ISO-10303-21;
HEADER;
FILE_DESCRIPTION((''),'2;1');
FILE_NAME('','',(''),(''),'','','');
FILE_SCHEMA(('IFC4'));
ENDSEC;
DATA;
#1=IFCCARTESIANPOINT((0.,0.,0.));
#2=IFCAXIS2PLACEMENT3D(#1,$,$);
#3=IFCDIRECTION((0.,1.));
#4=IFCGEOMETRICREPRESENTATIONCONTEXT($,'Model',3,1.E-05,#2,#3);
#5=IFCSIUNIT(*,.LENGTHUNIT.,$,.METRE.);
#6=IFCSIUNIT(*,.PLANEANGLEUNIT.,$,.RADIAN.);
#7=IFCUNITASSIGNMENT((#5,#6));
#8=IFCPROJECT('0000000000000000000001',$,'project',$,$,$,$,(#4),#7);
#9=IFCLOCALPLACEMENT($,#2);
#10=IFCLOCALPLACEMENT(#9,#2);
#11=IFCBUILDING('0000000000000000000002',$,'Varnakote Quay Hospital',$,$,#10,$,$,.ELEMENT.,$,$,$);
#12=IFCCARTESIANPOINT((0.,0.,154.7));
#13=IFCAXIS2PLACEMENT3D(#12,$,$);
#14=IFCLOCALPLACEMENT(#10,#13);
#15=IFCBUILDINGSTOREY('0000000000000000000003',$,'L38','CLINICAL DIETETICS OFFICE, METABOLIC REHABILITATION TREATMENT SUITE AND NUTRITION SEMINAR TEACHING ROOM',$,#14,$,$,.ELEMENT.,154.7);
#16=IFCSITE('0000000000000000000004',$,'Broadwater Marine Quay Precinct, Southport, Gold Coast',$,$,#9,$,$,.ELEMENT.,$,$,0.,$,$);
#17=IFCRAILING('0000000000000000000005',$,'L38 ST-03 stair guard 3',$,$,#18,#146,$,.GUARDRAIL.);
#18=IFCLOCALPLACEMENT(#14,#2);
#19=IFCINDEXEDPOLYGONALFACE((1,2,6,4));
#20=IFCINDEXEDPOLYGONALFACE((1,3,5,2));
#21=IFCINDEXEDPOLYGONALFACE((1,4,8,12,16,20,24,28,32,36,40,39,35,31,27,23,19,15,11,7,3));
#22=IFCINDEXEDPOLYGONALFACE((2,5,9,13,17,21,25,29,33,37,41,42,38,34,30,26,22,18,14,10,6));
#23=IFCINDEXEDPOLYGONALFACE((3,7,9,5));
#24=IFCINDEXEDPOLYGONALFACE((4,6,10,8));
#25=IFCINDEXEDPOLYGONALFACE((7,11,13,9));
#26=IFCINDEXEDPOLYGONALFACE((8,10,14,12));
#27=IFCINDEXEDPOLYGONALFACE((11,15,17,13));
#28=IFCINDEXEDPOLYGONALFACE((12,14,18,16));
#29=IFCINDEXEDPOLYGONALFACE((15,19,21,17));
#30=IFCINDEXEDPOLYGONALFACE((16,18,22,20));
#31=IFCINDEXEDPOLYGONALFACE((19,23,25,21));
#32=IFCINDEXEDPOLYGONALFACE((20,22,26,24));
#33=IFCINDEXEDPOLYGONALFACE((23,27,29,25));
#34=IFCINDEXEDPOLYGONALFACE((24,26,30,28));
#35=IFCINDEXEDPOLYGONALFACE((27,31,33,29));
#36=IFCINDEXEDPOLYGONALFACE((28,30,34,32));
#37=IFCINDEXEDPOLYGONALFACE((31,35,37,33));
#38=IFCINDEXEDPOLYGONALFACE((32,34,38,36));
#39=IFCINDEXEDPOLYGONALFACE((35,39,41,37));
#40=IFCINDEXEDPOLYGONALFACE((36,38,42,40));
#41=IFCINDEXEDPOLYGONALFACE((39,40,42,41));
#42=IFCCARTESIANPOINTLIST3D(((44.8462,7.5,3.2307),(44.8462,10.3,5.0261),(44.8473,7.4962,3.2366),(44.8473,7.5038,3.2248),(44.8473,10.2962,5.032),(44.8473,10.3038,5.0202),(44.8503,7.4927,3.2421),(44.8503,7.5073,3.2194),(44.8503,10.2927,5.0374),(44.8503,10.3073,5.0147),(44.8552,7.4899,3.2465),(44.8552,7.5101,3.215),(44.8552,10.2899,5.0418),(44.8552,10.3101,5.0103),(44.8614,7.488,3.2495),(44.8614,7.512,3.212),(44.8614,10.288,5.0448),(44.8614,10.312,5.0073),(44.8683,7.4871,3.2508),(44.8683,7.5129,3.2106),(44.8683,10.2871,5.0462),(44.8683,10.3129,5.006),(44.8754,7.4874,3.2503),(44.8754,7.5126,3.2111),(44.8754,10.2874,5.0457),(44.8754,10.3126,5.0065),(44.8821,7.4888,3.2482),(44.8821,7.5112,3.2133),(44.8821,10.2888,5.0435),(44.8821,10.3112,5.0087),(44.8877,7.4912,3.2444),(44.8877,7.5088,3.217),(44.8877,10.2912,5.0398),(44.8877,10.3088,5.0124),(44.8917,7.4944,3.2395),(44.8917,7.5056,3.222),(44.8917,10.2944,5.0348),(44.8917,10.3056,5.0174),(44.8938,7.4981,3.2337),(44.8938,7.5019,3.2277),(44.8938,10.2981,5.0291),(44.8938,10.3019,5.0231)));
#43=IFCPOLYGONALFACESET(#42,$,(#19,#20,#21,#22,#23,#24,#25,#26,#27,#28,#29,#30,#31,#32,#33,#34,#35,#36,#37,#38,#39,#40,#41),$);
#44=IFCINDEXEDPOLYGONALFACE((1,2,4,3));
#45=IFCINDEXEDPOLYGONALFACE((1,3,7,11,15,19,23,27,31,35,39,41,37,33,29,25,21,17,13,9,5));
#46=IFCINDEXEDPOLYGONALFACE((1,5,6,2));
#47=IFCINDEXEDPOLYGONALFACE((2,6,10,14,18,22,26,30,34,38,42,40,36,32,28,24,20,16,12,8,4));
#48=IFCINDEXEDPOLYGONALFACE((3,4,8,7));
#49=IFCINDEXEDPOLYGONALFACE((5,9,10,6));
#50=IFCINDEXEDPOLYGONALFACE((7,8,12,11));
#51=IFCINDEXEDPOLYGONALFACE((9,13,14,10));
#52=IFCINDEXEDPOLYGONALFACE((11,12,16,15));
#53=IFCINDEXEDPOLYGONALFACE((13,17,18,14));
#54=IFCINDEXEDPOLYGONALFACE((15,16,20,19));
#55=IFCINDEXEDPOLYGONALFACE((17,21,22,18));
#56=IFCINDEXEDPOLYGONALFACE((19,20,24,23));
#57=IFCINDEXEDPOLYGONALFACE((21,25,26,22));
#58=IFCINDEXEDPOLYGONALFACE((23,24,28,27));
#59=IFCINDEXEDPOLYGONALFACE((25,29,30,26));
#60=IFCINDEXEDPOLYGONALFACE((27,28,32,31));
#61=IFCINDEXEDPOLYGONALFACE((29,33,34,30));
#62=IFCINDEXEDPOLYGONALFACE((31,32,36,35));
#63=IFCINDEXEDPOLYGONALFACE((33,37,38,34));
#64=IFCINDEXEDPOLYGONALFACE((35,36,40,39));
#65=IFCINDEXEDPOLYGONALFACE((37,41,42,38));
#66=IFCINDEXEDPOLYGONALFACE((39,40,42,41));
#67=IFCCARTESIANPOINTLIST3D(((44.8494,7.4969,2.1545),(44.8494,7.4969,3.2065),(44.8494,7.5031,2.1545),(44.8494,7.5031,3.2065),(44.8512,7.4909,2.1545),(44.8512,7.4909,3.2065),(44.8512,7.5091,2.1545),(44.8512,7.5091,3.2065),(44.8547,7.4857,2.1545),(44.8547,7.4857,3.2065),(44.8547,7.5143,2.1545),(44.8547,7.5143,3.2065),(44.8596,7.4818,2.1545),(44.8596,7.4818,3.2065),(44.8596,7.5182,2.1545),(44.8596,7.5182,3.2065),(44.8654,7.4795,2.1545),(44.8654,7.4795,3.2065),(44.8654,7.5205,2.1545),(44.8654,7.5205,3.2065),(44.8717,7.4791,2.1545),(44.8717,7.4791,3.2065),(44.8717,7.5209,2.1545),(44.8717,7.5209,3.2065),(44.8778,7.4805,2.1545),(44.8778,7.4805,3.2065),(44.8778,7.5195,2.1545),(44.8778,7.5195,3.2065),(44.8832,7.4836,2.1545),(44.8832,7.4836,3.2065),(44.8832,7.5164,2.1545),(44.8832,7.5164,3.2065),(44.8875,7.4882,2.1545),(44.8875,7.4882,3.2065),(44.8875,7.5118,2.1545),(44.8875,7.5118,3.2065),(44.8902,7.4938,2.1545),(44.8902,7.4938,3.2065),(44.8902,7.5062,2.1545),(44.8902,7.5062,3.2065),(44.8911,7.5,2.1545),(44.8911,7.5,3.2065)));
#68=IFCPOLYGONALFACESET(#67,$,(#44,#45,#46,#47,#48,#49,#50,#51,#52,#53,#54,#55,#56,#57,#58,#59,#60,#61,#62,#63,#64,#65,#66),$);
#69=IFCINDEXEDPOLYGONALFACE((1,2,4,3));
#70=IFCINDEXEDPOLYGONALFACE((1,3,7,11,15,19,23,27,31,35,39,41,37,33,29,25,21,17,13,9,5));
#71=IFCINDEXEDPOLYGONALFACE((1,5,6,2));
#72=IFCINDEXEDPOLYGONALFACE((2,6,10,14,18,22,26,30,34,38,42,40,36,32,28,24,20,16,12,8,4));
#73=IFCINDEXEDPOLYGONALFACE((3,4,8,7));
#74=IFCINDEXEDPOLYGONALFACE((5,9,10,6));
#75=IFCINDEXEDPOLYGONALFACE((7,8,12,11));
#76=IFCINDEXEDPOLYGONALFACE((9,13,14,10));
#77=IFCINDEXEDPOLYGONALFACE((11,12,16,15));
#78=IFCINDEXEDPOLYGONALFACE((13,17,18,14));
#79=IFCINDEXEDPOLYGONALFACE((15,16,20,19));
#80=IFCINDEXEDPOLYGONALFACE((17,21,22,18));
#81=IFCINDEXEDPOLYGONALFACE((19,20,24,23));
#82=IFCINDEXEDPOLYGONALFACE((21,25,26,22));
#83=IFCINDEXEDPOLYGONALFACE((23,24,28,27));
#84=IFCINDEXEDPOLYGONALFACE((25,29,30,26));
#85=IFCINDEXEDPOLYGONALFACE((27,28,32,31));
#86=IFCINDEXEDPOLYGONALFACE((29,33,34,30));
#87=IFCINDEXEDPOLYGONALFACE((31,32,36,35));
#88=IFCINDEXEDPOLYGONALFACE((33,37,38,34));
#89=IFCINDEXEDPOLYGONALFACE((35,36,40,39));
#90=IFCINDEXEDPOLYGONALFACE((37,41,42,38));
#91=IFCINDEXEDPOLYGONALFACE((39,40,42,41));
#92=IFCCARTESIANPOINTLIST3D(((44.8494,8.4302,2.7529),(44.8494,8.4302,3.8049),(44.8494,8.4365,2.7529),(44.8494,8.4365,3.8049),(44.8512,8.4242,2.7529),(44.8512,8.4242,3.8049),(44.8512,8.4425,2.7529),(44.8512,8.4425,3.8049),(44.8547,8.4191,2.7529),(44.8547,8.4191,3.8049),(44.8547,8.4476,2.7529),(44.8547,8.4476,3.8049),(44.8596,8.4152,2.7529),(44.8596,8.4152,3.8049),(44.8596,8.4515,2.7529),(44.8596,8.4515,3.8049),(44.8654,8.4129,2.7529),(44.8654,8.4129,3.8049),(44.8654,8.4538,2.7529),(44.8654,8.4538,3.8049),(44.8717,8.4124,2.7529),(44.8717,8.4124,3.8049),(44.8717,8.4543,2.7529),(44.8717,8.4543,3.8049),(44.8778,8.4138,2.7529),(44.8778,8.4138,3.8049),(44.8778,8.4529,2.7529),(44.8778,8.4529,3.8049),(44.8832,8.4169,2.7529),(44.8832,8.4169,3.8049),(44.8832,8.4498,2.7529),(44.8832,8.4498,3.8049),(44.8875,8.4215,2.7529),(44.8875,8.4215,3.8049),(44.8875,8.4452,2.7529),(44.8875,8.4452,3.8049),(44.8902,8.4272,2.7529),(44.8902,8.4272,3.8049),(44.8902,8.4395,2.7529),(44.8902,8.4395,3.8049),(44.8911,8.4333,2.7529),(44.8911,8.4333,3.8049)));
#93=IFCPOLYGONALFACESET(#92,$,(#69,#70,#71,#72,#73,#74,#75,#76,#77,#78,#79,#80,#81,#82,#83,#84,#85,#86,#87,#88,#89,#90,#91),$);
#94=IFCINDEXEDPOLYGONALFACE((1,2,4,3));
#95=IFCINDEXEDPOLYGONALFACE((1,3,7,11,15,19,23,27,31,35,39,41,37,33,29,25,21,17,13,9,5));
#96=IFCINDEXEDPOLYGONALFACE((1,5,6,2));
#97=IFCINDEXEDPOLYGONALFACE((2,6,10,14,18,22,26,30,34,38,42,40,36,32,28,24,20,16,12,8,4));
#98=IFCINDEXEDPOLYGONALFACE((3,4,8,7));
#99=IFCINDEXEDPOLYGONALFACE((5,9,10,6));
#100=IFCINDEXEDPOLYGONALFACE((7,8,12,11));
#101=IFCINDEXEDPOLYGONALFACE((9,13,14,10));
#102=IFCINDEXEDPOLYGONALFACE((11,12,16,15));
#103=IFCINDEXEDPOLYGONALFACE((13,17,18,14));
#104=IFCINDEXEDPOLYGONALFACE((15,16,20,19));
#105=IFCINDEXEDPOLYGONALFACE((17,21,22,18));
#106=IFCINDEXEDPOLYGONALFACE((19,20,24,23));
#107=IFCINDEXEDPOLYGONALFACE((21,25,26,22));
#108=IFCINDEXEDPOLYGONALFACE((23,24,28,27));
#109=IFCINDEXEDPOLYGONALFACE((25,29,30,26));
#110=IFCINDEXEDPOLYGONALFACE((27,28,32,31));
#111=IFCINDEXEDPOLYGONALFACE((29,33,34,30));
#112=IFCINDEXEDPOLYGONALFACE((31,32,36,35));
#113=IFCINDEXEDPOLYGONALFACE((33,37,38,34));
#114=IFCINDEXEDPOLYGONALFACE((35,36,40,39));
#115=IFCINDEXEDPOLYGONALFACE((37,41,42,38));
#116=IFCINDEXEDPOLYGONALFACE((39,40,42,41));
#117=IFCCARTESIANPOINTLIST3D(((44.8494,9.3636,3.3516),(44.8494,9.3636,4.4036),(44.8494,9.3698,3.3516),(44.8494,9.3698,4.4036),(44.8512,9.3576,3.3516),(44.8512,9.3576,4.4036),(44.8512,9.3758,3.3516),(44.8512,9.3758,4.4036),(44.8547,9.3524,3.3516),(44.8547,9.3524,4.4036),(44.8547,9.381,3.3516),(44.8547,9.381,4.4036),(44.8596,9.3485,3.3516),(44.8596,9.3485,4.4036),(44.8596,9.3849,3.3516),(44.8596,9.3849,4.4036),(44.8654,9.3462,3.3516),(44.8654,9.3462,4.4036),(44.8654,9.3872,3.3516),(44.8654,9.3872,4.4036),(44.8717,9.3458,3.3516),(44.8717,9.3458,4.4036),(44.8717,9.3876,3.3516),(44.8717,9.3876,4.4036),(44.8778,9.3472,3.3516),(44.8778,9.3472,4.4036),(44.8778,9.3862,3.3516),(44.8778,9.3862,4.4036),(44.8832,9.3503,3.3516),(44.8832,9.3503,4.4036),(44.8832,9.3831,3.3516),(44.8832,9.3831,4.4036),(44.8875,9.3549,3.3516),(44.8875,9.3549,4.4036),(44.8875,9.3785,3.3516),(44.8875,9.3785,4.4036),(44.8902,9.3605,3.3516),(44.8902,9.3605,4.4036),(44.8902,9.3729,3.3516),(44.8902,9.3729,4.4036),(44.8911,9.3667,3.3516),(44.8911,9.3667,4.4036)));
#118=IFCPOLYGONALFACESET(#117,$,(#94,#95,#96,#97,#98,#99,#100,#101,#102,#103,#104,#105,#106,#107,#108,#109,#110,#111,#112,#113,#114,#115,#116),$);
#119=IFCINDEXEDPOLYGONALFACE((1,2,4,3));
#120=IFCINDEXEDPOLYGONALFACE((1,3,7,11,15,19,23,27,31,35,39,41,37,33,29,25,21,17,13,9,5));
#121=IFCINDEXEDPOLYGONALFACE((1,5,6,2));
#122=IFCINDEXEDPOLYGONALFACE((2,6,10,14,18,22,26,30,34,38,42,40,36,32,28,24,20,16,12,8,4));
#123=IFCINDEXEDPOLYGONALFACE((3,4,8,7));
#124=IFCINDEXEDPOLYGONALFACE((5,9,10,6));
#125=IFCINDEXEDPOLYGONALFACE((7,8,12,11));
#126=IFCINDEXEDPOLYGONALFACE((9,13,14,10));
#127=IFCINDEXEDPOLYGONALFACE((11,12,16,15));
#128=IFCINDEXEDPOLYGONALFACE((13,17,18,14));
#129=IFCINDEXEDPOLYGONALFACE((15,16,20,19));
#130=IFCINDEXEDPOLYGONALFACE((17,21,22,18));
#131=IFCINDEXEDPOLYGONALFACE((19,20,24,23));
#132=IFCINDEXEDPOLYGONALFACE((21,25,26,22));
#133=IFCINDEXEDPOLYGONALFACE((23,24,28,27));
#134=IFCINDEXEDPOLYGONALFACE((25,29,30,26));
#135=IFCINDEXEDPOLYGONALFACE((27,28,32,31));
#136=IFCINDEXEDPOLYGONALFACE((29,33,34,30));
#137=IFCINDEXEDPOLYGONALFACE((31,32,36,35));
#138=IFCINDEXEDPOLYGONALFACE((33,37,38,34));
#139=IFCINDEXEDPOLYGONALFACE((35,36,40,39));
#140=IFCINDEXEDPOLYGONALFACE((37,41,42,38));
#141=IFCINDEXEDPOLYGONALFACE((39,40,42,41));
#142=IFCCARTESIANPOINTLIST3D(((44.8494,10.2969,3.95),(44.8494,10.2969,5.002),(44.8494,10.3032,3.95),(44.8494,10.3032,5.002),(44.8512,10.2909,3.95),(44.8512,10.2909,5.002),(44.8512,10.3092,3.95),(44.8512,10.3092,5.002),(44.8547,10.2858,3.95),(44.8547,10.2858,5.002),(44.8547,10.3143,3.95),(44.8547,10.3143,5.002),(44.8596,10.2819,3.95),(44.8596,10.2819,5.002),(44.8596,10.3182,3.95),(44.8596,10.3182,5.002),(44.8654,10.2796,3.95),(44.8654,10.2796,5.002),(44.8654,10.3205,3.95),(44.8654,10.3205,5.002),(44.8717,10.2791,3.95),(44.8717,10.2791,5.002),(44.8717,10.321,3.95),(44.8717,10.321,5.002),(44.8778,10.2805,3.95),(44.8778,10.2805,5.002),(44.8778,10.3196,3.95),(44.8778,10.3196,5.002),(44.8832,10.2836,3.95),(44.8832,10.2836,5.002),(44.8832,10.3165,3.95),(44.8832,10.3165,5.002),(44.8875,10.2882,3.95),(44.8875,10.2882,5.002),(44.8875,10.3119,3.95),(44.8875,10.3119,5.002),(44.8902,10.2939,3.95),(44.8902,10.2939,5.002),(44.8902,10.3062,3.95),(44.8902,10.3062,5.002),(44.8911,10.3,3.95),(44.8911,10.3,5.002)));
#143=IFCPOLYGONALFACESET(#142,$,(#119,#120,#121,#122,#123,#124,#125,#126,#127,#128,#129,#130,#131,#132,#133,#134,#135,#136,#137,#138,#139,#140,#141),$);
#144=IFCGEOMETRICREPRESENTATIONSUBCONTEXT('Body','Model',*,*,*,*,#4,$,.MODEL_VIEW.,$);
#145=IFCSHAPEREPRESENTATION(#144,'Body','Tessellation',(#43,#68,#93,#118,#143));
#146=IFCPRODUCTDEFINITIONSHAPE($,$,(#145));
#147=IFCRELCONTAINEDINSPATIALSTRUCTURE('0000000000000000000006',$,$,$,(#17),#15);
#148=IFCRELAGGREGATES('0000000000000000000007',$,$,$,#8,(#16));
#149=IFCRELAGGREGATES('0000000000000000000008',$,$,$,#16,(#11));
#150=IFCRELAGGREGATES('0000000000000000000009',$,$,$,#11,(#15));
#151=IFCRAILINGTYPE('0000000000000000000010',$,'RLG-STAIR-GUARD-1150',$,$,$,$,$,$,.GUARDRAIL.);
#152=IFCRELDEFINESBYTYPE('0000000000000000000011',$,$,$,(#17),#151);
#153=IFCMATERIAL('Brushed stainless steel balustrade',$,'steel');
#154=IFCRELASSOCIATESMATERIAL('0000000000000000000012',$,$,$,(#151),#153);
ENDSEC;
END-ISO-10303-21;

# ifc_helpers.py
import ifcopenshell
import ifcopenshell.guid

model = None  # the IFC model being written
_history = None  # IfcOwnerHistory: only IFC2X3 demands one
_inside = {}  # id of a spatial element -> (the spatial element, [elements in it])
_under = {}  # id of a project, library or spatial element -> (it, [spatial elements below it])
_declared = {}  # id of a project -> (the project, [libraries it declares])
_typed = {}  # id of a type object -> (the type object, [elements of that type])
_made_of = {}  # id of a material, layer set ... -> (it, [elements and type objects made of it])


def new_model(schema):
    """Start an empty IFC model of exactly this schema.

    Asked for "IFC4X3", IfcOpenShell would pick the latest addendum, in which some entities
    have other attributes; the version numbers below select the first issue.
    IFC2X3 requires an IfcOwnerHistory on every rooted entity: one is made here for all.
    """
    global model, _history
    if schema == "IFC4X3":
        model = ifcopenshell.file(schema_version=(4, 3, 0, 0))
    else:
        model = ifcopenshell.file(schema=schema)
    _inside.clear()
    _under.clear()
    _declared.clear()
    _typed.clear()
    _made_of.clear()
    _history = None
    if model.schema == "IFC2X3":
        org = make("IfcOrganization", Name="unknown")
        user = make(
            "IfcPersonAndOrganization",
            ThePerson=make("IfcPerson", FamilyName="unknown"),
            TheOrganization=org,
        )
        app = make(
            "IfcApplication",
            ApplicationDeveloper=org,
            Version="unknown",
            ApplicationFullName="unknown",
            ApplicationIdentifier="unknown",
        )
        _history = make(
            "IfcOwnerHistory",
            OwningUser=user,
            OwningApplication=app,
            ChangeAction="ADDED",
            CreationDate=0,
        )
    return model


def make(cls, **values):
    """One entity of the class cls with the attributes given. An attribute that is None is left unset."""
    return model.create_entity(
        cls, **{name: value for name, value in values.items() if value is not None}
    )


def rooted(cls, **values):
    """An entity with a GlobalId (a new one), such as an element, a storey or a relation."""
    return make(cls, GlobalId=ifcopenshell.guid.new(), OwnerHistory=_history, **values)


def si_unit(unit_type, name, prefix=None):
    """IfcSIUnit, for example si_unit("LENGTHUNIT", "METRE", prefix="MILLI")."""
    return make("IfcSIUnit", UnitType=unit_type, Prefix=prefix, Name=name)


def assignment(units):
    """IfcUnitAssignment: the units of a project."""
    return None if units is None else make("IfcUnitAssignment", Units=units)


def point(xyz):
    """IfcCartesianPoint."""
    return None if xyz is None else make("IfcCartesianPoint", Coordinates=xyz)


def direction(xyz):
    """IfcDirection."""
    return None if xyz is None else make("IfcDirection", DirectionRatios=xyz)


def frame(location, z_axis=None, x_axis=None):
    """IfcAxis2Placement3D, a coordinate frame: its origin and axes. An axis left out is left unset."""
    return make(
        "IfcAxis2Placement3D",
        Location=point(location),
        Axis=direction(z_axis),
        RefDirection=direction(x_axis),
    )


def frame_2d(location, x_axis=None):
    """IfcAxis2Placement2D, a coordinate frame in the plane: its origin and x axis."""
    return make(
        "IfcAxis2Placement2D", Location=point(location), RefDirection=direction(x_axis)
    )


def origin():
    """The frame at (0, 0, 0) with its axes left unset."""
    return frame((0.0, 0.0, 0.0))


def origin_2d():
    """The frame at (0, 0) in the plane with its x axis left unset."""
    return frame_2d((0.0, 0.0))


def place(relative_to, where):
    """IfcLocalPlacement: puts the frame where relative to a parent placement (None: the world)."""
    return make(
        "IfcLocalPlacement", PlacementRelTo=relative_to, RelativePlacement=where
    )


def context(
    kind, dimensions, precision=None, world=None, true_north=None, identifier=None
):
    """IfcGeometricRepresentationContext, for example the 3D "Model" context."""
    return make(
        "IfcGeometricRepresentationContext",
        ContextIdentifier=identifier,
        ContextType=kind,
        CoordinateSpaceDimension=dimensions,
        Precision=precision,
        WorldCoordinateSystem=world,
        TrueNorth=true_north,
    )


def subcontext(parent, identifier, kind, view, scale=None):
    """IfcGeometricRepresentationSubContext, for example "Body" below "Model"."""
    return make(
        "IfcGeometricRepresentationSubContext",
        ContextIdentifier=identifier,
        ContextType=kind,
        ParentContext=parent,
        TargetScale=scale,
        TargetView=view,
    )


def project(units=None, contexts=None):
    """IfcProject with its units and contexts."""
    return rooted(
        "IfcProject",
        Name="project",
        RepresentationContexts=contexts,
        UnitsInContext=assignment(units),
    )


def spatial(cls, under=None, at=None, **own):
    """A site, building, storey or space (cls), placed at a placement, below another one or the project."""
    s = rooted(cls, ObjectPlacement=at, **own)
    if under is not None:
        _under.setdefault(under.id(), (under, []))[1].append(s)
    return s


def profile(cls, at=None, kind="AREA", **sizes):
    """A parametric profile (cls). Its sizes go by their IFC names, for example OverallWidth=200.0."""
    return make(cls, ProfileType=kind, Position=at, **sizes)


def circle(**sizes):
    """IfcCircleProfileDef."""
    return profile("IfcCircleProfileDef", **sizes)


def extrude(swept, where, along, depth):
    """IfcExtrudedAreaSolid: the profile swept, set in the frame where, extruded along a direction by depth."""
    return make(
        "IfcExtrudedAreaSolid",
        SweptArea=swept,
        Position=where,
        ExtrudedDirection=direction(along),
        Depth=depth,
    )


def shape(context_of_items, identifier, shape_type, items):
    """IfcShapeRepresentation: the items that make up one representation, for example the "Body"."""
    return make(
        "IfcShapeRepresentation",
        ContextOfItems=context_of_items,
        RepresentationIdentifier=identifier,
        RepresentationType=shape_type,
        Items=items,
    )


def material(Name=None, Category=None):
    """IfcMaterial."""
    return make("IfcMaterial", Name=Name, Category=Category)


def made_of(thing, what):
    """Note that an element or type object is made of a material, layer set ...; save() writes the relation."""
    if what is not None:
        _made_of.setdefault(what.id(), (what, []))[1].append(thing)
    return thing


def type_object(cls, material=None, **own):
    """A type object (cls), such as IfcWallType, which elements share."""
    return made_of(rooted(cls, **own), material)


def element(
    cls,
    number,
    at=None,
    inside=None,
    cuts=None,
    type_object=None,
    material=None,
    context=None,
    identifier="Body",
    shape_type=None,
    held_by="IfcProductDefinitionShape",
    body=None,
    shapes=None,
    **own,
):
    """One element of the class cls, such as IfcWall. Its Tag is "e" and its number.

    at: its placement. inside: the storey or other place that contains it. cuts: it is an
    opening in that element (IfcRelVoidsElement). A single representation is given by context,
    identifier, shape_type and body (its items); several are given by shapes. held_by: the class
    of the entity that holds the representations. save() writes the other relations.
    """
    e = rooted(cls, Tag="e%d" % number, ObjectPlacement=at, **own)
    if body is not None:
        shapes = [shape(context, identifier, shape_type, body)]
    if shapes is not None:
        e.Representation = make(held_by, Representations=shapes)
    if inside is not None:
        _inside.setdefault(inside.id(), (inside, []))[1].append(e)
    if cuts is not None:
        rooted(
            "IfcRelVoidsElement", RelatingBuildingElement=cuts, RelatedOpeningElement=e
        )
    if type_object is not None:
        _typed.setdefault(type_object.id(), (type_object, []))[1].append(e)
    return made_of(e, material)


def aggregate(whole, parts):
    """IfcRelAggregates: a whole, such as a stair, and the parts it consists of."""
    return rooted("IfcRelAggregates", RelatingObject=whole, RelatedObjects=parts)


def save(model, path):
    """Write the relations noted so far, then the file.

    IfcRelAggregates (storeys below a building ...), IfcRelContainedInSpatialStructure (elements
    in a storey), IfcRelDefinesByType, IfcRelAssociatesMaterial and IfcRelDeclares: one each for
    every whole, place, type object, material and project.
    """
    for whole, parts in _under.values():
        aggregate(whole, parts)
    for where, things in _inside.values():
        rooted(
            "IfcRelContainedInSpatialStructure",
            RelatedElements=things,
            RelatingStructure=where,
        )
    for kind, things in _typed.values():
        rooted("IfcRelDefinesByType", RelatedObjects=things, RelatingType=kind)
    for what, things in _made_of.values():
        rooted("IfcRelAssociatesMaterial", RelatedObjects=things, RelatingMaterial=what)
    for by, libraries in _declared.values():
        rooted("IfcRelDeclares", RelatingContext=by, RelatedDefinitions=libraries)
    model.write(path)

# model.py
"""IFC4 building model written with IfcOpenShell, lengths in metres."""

from ifc_helpers import new_model, si_unit, direction, frame, origin, origin_2d, place, context, subcontext, project, spatial, circle, extrude, material, type_object, element, save


model = new_model("IFC4")

# Units and contexts
model_context = context("Model", 3, precision=1e-05, world=origin(), true_north=direction((0.0, 1.0)))
body_context = subcontext(model_context, "Body", "Model", "MODEL_VIEW")
ifc_project = project(units=[si_unit("LENGTHUNIT", "METRE"), si_unit("PLANEANGLEUNIT", "RADIAN")], contexts=[model_context])

# Site, building, storey
site_placement = place(None, origin())
site = spatial("IfcSite", under=ifc_project, at=site_placement, Name="Broadwater Marine Quay Precinct, Southport, Gold Coast", CompositionType="ELEMENT", RefElevation=0.0)
building_placement = place(site_placement, origin())
building = spatial("IfcBuilding", under=site, at=building_placement, Name="Varnakote Quay Hospital", CompositionType="ELEMENT")
storey_placement = place(building_placement, frame((0.0, 0.0, 154.7)))
storey = spatial("IfcBuildingStorey", under=building, at=storey_placement, Name="L38", Description="CLINICAL DIETETICS OFFICE, METABOLIC REHABILITATION TREATMENT SUITE AND NUTRITION SEMINAR TEACHING ROOM", CompositionType="ELEMENT", Elevation=154.7)

# Railing
ifc_material_1 = material(Name="Brushed stainless steel balustrade", Category="steel")
railing_type_1 = type_object("IfcRailingType", Name="RLG-STAIR-GUARD-1150", PredefinedType="GUARDRAIL", material=ifc_material_1)
railing_1_placement = place(storey_placement, frame((44.8701, 7.5, 2.1545)))
element("IfcRailing", 1, at=railing_1_placement, inside=storey, type_object=railing_type_1, Name="L38 ST-03 stair guard 3", PredefinedType="GUARDRAIL", context=body_context, shape_type="SweptSolid", body=[
    extrude(circle(Radius=0.0239, at=origin_2d()), frame((0.0, 0.0, 1.0762), z_axis=(0.0, 0.84181, 0.539774), x_axis=(-1.0, 0.0, 0.0)), (0.0, 0.0, 1.0), 3.3262),
    extrude(circle(Radius=0.021, at=origin_2d()), origin(), (0.0, 0.0, 1.0), 1.052),
    extrude(circle(Radius=0.021, at=origin_2d()), frame((0.0, 0.9333, 0.5984)), (0.0, 0.0, 1.0), 1.052),
    extrude(circle(Radius=0.021, at=origin_2d()), frame((0.0, 1.8667, 1.197)), (0.0, 0.0, 1.0), 1.052),
    extrude(circle(Radius=0.021, at=origin_2d()), frame((0.0, 2.8, 1.7954)), (0.0, 0.0, 1.0), 1.052),
])

save(model, "model.ifc")
